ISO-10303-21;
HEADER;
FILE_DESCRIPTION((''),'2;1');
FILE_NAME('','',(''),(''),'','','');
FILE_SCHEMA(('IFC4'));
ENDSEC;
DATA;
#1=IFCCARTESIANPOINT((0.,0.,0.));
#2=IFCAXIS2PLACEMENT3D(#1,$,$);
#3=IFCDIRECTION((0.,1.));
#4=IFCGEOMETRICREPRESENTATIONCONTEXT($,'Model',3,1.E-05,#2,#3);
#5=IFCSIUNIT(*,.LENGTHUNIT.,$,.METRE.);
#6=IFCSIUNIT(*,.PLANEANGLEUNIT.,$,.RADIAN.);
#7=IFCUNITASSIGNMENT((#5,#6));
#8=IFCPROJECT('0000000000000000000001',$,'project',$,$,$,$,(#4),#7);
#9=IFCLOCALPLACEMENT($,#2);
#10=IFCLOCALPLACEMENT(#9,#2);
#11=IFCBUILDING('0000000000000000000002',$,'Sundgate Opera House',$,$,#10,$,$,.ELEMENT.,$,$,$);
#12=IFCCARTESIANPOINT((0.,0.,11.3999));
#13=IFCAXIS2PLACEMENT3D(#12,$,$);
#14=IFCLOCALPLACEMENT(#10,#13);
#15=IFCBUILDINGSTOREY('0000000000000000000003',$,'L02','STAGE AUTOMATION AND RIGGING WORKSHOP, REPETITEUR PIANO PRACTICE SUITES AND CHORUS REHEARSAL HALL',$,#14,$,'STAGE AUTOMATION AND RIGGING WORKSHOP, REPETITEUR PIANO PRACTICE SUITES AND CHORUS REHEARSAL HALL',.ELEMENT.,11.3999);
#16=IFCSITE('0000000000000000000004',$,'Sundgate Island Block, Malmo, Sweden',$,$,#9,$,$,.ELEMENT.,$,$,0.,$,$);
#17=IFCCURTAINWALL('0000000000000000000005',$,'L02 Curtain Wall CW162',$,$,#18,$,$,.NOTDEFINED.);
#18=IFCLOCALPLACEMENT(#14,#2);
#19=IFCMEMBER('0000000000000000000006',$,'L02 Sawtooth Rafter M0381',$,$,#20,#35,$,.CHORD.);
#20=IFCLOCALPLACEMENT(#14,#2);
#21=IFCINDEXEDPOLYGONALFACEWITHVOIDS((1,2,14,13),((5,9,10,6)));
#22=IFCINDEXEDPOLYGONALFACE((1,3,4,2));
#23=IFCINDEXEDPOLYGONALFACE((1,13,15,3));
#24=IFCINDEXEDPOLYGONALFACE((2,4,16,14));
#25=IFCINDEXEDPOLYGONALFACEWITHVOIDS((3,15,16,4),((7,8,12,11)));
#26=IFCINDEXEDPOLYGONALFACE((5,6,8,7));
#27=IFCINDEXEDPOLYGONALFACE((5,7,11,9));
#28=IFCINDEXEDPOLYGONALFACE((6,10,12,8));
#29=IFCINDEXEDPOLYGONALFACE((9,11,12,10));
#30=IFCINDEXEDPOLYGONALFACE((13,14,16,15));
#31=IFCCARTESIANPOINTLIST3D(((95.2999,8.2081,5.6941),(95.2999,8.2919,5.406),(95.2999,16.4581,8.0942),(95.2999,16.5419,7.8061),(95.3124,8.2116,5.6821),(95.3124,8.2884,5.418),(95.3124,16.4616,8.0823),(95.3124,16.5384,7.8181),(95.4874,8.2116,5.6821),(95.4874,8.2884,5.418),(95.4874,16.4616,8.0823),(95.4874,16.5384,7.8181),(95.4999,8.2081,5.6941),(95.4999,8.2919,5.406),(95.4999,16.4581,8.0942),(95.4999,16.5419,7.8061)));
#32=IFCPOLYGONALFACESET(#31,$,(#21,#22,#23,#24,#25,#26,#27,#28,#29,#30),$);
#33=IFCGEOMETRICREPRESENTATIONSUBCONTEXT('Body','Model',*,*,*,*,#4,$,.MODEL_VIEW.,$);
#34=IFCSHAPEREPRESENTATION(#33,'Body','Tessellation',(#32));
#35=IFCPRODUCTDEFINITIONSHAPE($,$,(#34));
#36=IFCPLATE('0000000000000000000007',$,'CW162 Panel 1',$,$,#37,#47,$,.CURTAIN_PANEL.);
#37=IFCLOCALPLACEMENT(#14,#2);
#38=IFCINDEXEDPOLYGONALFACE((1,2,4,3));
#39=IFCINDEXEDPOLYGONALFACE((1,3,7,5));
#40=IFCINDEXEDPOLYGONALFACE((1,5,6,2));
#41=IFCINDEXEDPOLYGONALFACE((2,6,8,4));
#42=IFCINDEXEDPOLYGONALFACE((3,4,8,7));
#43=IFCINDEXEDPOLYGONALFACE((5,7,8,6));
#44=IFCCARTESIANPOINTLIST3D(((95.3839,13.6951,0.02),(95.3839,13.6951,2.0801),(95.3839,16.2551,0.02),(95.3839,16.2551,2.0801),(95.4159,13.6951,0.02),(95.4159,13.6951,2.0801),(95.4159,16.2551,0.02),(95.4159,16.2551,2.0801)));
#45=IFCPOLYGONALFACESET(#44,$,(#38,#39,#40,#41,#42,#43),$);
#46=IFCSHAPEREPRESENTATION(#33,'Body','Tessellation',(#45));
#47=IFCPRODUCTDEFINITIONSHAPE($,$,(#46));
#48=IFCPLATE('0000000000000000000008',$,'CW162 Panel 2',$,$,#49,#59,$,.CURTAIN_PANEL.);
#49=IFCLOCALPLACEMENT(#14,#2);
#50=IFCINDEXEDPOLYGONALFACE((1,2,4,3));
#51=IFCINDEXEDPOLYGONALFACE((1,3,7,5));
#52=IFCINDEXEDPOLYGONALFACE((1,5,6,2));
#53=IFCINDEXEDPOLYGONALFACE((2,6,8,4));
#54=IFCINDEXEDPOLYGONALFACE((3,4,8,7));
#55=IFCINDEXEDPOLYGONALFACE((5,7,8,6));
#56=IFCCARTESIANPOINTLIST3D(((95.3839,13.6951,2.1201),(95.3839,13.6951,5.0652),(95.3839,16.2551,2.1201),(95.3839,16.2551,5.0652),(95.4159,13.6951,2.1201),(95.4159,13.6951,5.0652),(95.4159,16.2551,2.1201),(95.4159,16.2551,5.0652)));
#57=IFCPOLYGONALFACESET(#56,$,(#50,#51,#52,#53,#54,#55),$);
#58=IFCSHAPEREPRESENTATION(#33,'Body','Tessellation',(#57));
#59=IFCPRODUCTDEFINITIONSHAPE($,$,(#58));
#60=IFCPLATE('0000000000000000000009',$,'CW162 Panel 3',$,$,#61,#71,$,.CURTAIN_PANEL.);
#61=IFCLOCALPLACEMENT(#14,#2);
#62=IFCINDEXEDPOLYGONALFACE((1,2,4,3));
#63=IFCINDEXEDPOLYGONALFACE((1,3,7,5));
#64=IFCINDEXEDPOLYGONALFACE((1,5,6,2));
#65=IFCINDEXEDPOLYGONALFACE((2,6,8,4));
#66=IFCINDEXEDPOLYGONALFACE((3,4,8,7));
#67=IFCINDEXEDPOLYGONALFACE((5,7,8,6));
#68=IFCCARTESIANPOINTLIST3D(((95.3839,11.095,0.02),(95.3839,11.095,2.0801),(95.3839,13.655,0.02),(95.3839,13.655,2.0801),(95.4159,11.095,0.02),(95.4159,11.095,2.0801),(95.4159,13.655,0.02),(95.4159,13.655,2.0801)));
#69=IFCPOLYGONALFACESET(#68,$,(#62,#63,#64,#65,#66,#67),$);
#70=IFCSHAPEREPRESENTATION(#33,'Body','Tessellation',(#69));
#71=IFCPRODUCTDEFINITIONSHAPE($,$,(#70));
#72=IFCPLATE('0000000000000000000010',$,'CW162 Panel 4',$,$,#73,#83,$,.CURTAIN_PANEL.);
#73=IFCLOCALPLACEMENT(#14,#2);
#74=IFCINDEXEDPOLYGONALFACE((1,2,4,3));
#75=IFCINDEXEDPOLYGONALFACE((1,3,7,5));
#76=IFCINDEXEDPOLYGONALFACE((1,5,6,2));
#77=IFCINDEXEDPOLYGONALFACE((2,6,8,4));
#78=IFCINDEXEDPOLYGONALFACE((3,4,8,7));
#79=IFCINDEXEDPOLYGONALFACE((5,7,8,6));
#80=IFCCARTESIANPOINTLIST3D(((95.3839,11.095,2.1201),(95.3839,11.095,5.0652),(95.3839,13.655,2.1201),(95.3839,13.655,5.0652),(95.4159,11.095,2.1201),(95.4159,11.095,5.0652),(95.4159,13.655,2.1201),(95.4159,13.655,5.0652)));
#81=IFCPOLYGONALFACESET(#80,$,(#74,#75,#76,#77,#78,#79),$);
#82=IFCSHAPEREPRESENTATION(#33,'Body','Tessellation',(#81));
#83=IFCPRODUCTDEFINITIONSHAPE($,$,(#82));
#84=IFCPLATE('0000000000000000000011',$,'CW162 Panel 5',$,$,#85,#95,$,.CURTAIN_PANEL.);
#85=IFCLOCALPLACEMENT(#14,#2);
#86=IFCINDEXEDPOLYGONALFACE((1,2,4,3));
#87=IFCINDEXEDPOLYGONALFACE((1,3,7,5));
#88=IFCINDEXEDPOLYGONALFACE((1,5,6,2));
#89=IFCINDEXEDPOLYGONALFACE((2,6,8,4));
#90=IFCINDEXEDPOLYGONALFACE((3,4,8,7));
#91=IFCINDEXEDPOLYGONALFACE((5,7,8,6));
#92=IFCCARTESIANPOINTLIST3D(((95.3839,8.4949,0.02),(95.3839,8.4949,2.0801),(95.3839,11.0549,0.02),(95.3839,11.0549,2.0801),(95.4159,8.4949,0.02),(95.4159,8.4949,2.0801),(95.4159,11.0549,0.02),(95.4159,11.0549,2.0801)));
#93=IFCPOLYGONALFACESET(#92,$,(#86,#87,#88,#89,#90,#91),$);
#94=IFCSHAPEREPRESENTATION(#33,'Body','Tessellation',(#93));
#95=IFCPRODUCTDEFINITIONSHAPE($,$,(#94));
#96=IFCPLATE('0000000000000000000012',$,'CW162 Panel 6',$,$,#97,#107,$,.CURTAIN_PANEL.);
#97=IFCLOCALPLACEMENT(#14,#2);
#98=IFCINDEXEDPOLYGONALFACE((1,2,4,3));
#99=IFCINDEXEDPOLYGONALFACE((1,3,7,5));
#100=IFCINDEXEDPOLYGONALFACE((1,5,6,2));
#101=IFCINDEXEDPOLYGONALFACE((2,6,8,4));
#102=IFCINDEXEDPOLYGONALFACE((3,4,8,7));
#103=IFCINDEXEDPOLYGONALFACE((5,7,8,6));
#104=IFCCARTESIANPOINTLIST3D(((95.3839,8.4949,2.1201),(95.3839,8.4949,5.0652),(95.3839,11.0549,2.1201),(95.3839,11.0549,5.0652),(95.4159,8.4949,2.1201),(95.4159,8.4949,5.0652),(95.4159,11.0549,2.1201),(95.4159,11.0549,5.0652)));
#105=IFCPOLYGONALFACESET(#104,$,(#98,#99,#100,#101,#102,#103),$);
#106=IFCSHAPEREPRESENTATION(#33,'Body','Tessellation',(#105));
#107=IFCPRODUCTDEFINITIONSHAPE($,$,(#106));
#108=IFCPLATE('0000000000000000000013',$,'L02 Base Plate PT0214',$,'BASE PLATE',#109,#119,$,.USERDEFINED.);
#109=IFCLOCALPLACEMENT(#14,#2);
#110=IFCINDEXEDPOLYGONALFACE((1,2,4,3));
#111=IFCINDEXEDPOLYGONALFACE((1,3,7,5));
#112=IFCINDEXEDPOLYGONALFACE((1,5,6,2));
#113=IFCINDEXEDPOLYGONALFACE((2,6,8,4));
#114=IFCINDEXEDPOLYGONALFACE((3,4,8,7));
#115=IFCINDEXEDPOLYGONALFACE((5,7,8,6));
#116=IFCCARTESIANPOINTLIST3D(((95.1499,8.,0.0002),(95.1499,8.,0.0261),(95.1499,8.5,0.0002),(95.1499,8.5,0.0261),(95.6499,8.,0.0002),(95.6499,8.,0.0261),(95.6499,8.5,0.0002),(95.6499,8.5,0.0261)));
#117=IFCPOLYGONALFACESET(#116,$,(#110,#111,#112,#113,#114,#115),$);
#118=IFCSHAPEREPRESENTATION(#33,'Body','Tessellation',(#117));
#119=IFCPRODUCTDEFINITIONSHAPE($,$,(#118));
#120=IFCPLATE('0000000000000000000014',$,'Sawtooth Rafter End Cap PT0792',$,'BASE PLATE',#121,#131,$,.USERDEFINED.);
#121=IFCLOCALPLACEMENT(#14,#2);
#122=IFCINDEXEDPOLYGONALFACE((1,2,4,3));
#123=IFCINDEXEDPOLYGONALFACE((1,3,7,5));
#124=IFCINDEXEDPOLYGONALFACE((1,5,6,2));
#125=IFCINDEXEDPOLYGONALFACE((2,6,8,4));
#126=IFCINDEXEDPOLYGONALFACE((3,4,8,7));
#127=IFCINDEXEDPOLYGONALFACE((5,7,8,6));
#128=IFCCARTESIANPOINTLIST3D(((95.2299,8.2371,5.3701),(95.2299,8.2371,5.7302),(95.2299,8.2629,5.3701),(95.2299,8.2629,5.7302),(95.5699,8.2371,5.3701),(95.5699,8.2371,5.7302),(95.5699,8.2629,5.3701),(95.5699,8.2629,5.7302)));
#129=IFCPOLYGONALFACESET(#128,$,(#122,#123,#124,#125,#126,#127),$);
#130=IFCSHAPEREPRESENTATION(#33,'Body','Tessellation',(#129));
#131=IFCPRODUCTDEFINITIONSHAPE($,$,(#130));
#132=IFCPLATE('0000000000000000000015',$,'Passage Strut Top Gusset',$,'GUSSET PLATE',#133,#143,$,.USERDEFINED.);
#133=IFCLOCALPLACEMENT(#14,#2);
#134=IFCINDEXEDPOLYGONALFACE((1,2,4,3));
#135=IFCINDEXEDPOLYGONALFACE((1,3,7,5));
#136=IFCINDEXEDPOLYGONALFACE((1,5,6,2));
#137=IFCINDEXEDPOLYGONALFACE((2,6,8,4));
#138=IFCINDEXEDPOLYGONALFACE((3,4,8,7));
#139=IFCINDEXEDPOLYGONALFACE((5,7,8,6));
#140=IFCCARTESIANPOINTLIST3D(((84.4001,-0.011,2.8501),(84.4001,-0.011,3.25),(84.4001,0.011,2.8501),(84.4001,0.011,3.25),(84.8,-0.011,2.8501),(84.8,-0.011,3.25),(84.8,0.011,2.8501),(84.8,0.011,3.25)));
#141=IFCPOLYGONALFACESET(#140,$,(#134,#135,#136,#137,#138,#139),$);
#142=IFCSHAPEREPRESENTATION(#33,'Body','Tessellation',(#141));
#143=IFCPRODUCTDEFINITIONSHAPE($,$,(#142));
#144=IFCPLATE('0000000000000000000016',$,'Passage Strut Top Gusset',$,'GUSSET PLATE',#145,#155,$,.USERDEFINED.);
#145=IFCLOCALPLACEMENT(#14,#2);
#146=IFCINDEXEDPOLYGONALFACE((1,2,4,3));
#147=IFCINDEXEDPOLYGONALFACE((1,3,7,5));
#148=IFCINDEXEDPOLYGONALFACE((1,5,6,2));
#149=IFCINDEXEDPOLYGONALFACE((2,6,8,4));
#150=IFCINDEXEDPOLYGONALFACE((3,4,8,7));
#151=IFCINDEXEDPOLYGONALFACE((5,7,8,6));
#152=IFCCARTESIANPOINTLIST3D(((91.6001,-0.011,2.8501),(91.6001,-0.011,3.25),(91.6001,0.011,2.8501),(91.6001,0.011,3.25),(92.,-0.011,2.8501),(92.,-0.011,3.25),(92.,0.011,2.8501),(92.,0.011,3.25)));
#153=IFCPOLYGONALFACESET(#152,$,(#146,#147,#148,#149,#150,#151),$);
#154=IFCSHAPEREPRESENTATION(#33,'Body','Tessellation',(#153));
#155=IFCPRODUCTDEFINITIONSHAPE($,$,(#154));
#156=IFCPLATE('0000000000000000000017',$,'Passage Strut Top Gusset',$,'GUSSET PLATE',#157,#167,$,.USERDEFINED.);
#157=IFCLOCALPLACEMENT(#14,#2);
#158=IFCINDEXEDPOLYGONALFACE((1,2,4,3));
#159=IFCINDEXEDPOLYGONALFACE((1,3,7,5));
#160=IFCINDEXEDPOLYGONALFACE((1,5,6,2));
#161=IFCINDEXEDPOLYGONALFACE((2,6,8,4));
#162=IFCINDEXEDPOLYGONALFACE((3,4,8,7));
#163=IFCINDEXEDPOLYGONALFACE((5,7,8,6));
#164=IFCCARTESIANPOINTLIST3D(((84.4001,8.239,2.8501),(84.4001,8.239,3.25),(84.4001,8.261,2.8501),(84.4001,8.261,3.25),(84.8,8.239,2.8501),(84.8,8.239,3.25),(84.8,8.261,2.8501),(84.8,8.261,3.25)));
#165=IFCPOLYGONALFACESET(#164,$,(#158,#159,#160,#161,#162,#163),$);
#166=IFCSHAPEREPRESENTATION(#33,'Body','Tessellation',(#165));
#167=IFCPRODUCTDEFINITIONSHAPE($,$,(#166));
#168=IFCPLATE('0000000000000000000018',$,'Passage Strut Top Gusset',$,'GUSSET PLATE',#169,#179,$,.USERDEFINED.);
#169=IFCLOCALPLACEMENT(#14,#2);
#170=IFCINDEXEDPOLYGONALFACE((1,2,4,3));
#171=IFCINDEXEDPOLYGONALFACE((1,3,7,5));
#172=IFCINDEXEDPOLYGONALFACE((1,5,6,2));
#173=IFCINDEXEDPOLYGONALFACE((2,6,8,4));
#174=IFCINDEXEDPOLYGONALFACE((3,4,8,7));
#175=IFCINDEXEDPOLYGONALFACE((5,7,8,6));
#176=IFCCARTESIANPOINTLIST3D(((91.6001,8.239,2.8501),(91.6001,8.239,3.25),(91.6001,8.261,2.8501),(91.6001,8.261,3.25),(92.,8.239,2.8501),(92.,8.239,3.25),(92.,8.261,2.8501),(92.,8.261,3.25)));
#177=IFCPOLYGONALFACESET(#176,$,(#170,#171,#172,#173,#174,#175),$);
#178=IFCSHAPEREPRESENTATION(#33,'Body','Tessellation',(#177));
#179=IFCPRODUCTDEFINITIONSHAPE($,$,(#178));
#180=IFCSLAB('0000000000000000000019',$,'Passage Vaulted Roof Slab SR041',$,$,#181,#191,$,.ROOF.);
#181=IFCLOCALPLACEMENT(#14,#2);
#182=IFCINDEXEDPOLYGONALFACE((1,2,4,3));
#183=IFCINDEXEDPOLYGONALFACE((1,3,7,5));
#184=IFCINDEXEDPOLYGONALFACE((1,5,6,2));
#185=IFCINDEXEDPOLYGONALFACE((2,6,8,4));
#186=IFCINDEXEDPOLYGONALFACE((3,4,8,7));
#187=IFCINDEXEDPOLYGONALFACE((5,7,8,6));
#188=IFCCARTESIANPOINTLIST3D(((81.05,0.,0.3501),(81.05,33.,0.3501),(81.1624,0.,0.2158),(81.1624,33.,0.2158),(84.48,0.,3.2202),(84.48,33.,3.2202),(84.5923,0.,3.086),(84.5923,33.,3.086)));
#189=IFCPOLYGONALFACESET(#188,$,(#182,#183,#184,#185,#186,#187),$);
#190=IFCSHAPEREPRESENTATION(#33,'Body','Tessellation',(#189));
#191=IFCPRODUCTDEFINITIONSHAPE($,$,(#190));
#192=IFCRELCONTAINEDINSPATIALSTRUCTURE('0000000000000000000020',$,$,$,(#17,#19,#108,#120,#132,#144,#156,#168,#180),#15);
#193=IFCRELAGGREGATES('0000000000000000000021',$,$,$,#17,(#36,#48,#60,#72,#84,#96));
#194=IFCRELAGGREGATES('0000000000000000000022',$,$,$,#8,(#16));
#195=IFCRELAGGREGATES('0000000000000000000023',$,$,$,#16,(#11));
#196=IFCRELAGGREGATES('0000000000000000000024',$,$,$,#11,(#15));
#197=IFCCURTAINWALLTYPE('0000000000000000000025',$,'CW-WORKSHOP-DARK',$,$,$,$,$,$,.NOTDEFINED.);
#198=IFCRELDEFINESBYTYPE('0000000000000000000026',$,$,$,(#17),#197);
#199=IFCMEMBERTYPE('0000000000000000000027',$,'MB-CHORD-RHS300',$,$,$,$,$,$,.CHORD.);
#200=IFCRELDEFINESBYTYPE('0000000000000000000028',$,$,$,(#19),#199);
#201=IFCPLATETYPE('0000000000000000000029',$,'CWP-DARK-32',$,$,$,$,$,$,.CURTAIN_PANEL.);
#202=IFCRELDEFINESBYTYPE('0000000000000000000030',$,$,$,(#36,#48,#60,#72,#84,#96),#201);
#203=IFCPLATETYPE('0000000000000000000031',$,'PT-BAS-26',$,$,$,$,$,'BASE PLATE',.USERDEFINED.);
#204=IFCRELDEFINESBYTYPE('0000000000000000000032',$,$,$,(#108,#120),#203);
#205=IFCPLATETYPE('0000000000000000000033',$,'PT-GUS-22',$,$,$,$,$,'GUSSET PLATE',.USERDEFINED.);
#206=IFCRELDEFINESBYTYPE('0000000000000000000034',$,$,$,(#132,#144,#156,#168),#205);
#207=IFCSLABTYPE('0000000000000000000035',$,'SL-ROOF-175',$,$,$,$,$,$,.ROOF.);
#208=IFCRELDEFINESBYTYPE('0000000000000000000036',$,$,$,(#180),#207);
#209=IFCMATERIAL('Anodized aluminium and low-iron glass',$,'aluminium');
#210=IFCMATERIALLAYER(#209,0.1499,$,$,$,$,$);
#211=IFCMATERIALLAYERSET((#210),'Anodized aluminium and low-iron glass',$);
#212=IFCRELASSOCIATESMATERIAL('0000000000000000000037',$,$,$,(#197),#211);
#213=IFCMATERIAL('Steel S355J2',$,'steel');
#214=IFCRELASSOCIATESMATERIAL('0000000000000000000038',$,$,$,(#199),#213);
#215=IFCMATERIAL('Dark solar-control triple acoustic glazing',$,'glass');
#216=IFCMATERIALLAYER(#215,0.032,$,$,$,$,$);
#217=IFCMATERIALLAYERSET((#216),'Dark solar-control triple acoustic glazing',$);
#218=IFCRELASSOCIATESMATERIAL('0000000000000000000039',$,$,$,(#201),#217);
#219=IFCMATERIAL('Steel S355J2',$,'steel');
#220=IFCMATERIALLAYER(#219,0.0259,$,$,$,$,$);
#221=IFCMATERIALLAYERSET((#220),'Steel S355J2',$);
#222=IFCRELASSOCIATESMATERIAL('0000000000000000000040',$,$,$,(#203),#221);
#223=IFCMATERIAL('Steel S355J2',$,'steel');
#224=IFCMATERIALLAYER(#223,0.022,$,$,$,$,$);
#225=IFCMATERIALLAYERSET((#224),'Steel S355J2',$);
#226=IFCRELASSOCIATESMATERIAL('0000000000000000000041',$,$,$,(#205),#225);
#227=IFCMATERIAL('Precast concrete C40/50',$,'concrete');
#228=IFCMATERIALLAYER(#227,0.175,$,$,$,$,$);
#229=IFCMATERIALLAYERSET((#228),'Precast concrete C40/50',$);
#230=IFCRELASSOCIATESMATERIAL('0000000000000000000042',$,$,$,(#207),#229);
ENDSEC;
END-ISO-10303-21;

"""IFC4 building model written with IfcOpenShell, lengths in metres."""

from ifc_helpers import new_model, si_unit, direction, frame, origin, origin_2d, place, context, subcontext, project, spatial, polyline, rectangle, hollow_rectangle, outline, extrude, material, layer, layer_set, material_profile, profile_set, type_object, element, aggregate, save


model = new_model("IFC4")

# Units and contexts
model_context = context("Model", 3, precision=1e-05, world=origin(), true_north=direction((0.0, 1.0)))
body_context = subcontext(model_context, "Body", "Model", "MODEL_VIEW")
ifc_project = project(units=[si_unit("LENGTHUNIT", "METRE"), si_unit("PLANEANGLEUNIT", "RADIAN")], contexts=[model_context])

# Site, building, storey
site_placement = place(None, origin())
site = spatial("IfcSite", under=ifc_project, at=site_placement, Name="Sundgate Island Block, Malmo, Sweden", CompositionType="ELEMENT", RefElevation=0.0)
building_placement = place(site_placement, origin())
building = spatial("IfcBuilding", under=site, at=building_placement, Name="Sundgate Opera House", CompositionType="ELEMENT")
storey_placement = place(building_placement, frame((0.0, 0.0, 11.3999)))
storey = spatial("IfcBuildingStorey", under=building, at=storey_placement, Name="L02", Description="STAGE AUTOMATION AND RIGGING WORKSHOP, REPETITEUR PIANO PRACTICE SUITES AND CHORUS REHEARSAL HALL", LongName="STAGE AUTOMATION AND RIGGING WORKSHOP, REPETITEUR PIANO PRACTICE SUITES AND CHORUS REHEARSAL HALL", CompositionType="ELEMENT", Elevation=11.3999)

# Curtain wall
ifc_material_1 = material(Name="Anodized aluminium and low-iron glass", Category="aluminium")
ifc_layer_1 = layer(ifc_material_1, 0.1499)
ifc_layer_set_1 = layer_set([ifc_layer_1], Name="Anodized aluminium and low-iron glass")
curtain_wall_type = type_object("IfcCurtainWallType", Name="CW-WORKSHOP-DARK", PredefinedType="NOTDEFINED", material=ifc_layer_set_1)
curtain_wall_placement = place(storey_placement, origin())
curtain_wall = element("IfcCurtainWall", 1, at=curtain_wall_placement, inside=storey, type_object=curtain_wall_type, Name="L02 Curtain Wall CW162", PredefinedType="NOTDEFINED")

# Member
ifc_material_2 = material(Name="Steel S355J2", Category="steel")
ifc_material_profile_1 = material_profile(ifc_material_2, hollow_rectangle(XDim=0.2, YDim=0.3, WallThickness=0.0125, at=origin_2d()), Name="RHS 300x200x12.5")
ifc_profile_set_1 = profile_set([ifc_material_profile_1], Name="Steel S355J2")
member_type_1 = type_object("IfcMemberType", Name="MB-CHORD-RHS300", PredefinedType="CHORD", material=ifc_profile_set_1)
member_1_placement = place(storey_placement, frame((95.3999, 8.25, 5.55), z_axis=(0.0, 0.960191, 0.279345), x_axis=(-1.0, 0.0, 0.0)))
element("IfcMember", 2, at=member_1_placement, inside=storey, type_object=member_type_1, Name="L02 Sawtooth Rafter M0381", PredefinedType="CHORD", context=body_context, shape_type="SweptSolid", body=[
    extrude(hollow_rectangle(XDim=0.2, YDim=0.3, WallThickness=0.0125, at=origin_2d()), origin(), (0.0, 0.0, 1.0), 8.592),
])

# Plates
ifc_material_3 = material(Name="Dark solar-control triple acoustic glazing", Category="glass")
ifc_layer_2 = layer(ifc_material_3, 0.032)
ifc_layer_set_2 = layer_set([ifc_layer_2], Name="Dark solar-control triple acoustic glazing")
plate_type_1 = type_object("IfcPlateType", Name="CWP-DARK-32", PredefinedType="CURTAIN_PANEL", material=ifc_layer_set_2)
plate_1_placement = place(storey_placement, frame((95.3999, 14.9751, 0.02), z_axis=(0.0, 0.0, 1.0), x_axis=(0.0, -1.0, 0.0)))
plate_1 = element("IfcPlate", 3, at=plate_1_placement, type_object=plate_type_1, Name="CW162 Panel 1", PredefinedType="CURTAIN_PANEL", context=body_context, shape_type="SweptSolid", body=[
    extrude(rectangle(XDim=2.5601, YDim=0.032, at=origin_2d()), origin(), (0.0, 0.0, 1.0), 2.0601),
])
plate_2_placement = place(storey_placement, frame((95.3999, 14.9751, 2.1201), z_axis=(0.0, 0.0, 1.0), x_axis=(0.0, -1.0, 0.0)))
plate_2 = element("IfcPlate", 4, at=plate_2_placement, type_object=plate_type_1, Name="CW162 Panel 2", PredefinedType="CURTAIN_PANEL", context=body_context, shape_type="SweptSolid", body=[
    extrude(rectangle(XDim=2.5601, YDim=0.032, at=origin_2d()), origin(), (0.0, 0.0, 1.0), 2.9451),
])
plate_3_placement = place(storey_placement, frame((95.3999, 12.375, 0.02), z_axis=(0.0, 0.0, 1.0), x_axis=(0.0, -1.0, 0.0)))
plate_3 = element("IfcPlate", 5, at=plate_3_placement, type_object=plate_type_1, Name="CW162 Panel 3", PredefinedType="CURTAIN_PANEL", context=body_context, shape_type="SweptSolid", body=[
    extrude(rectangle(XDim=2.5601, YDim=0.032, at=origin_2d()), origin(), (0.0, 0.0, 1.0), 2.0601),
])
plate_4_placement = place(storey_placement, frame((95.3999, 12.375, 2.1201), z_axis=(0.0, 0.0, 1.0), x_axis=(0.0, -1.0, 0.0)))
plate_4 = element("IfcPlate", 6, at=plate_4_placement, type_object=plate_type_1, Name="CW162 Panel 4", PredefinedType="CURTAIN_PANEL", context=body_context, shape_type="SweptSolid", body=[
    extrude(rectangle(XDim=2.5601, YDim=0.032, at=origin_2d()), origin(), (0.0, 0.0, 1.0), 2.9451),
])
plate_5_placement = place(storey_placement, frame((95.3999, 9.7749, 0.02), z_axis=(0.0, 0.0, 1.0), x_axis=(0.0, -1.0, 0.0)))
plate_5 = element("IfcPlate", 7, at=plate_5_placement, type_object=plate_type_1, Name="CW162 Panel 5", PredefinedType="CURTAIN_PANEL", context=body_context, shape_type="SweptSolid", body=[
    extrude(rectangle(XDim=2.5601, YDim=0.032, at=origin_2d()), origin(), (0.0, 0.0, 1.0), 2.0601),
])
plate_6_placement = place(storey_placement, frame((95.3999, 9.7749, 2.1201), z_axis=(0.0, 0.0, 1.0), x_axis=(0.0, -1.0, 0.0)))
plate_6 = element("IfcPlate", 8, at=plate_6_placement, type_object=plate_type_1, Name="CW162 Panel 6", PredefinedType="CURTAIN_PANEL", context=body_context, shape_type="SweptSolid", body=[
    extrude(rectangle(XDim=2.5601, YDim=0.032, at=origin_2d()), origin(), (0.0, 0.0, 1.0), 2.9451),
])
aggregate(curtain_wall, [plate_1, plate_2, plate_3, plate_4, plate_5, plate_6])

# Plates
ifc_material_4 = material(Name="Steel S355J2", Category="steel")
ifc_layer_3 = layer(ifc_material_4, 0.0259)
ifc_layer_set_3 = layer_set([ifc_layer_3], Name="Steel S355J2")
plate_type_2 = type_object("IfcPlateType", Name="PT-BAS-26", ElementType="BASE PLATE", PredefinedType="USERDEFINED", material=ifc_layer_set_3)
plate_7_placement = place(storey_placement, frame((95.3999, 8.25, 0.0002), z_axis=(0.0, 0.0, 1.0), x_axis=(1.0, 0.0, 0.0)))
element("IfcPlate", 9, at=plate_7_placement, inside=storey, type_object=plate_type_2, Name="L02 Base Plate PT0214", ObjectType="BASE PLATE", PredefinedType="USERDEFINED", context=body_context, shape_type="SweptSolid", body=[
    extrude(rectangle(XDim=0.5, YDim=0.5, at=origin_2d()), origin(), (0.0, 0.0, 1.0), 0.0259),
])
plate_8_placement = place(storey_placement, frame((95.3999, 8.25, 5.3701), z_axis=(0.0, 0.0, 1.0), x_axis=(1.0, 0.0, 0.0)))
element("IfcPlate", 10, at=plate_8_placement, inside=storey, type_object=plate_type_2, Name="Sawtooth Rafter End Cap PT0792", ObjectType="BASE PLATE", PredefinedType="USERDEFINED", context=body_context, shape_type="SweptSolid", body=[
    extrude(rectangle(XDim=0.3401, YDim=0.0259, at=origin_2d()), origin(), (0.0, 0.0, 1.0), 0.3601),
])
ifc_material_5 = material(Name="Steel S355J2", Category="steel")
ifc_layer_4 = layer(ifc_material_5, 0.022)
ifc_layer_set_4 = layer_set([ifc_layer_4], Name="Steel S355J2")
plate_type_3 = type_object("IfcPlateType", Name="PT-GUS-22", ElementType="GUSSET PLATE", PredefinedType="USERDEFINED", material=ifc_layer_set_4)
for number, where, z_axis, x_axis, name in (
    (11, (84.6001, 0.0, 2.8501), (0.0, 0.0, 1.0), (1.0, 0.0, 0.0), "Passage Strut Top Gusset"),
    (12, (91.8, 0.0, 2.8501), (0.0, 0.0, 1.0), (1.0, 0.0, 0.0), "Passage Strut Top Gusset"),
    (13, (84.6001, 8.25, 2.8501), (0.0, 0.0, 1.0), (1.0, 0.0, 0.0), "Passage Strut Top Gusset"),
    (14, (91.8, 8.25, 2.8501), (0.0, 0.0, 1.0), (1.0, 0.0, 0.0), "Passage Strut Top Gusset"),
):
    element("IfcPlate", number, at=place(storey_placement, frame(where, z_axis=z_axis, x_axis=x_axis)), inside=storey, type_object=plate_type_3, Name=name, ObjectType="GUSSET PLATE", PredefinedType="USERDEFINED", context=body_context, shape_type="SweptSolid", body=[
        extrude(rectangle(XDim=0.3999, YDim=0.022, at=origin_2d()), origin(), (0.0, 0.0, 1.0), 0.3999),
    ])

# Slab
ifc_material_6 = material(Name="Precast concrete C40/50", Category="concrete")
ifc_layer_5 = layer(ifc_material_6, 0.175)
ifc_layer_set_5 = layer_set([ifc_layer_5], Name="Precast concrete C40/50")
slab_type = type_object("IfcSlabType", Name="SL-ROOF-175", PredefinedType="ROOF", material=ifc_layer_set_5)
slab_1_placement = place(storey_placement, frame((81.05, 0.0, 0.3501), z_axis=(-0.641746, 0.0, 0.766918), x_axis=(0.766918, 0.0, 0.641746)))
element("IfcSlab", 15, at=slab_1_placement, inside=storey, type_object=slab_type, Name="Passage Vaulted Roof Slab SR041", PredefinedType="ROOF", context=body_context, shape_type="SweptSolid", body=[
    extrude(outline(polyline([(0.0, 0.0), (4.4724, 0.0), (4.4724, 33.0), (0.0, 33.0), (0.0, 0.0)])), origin(), (0.0, 0.0, -1.0), 0.175),
])

save(model, "model.ifc")
